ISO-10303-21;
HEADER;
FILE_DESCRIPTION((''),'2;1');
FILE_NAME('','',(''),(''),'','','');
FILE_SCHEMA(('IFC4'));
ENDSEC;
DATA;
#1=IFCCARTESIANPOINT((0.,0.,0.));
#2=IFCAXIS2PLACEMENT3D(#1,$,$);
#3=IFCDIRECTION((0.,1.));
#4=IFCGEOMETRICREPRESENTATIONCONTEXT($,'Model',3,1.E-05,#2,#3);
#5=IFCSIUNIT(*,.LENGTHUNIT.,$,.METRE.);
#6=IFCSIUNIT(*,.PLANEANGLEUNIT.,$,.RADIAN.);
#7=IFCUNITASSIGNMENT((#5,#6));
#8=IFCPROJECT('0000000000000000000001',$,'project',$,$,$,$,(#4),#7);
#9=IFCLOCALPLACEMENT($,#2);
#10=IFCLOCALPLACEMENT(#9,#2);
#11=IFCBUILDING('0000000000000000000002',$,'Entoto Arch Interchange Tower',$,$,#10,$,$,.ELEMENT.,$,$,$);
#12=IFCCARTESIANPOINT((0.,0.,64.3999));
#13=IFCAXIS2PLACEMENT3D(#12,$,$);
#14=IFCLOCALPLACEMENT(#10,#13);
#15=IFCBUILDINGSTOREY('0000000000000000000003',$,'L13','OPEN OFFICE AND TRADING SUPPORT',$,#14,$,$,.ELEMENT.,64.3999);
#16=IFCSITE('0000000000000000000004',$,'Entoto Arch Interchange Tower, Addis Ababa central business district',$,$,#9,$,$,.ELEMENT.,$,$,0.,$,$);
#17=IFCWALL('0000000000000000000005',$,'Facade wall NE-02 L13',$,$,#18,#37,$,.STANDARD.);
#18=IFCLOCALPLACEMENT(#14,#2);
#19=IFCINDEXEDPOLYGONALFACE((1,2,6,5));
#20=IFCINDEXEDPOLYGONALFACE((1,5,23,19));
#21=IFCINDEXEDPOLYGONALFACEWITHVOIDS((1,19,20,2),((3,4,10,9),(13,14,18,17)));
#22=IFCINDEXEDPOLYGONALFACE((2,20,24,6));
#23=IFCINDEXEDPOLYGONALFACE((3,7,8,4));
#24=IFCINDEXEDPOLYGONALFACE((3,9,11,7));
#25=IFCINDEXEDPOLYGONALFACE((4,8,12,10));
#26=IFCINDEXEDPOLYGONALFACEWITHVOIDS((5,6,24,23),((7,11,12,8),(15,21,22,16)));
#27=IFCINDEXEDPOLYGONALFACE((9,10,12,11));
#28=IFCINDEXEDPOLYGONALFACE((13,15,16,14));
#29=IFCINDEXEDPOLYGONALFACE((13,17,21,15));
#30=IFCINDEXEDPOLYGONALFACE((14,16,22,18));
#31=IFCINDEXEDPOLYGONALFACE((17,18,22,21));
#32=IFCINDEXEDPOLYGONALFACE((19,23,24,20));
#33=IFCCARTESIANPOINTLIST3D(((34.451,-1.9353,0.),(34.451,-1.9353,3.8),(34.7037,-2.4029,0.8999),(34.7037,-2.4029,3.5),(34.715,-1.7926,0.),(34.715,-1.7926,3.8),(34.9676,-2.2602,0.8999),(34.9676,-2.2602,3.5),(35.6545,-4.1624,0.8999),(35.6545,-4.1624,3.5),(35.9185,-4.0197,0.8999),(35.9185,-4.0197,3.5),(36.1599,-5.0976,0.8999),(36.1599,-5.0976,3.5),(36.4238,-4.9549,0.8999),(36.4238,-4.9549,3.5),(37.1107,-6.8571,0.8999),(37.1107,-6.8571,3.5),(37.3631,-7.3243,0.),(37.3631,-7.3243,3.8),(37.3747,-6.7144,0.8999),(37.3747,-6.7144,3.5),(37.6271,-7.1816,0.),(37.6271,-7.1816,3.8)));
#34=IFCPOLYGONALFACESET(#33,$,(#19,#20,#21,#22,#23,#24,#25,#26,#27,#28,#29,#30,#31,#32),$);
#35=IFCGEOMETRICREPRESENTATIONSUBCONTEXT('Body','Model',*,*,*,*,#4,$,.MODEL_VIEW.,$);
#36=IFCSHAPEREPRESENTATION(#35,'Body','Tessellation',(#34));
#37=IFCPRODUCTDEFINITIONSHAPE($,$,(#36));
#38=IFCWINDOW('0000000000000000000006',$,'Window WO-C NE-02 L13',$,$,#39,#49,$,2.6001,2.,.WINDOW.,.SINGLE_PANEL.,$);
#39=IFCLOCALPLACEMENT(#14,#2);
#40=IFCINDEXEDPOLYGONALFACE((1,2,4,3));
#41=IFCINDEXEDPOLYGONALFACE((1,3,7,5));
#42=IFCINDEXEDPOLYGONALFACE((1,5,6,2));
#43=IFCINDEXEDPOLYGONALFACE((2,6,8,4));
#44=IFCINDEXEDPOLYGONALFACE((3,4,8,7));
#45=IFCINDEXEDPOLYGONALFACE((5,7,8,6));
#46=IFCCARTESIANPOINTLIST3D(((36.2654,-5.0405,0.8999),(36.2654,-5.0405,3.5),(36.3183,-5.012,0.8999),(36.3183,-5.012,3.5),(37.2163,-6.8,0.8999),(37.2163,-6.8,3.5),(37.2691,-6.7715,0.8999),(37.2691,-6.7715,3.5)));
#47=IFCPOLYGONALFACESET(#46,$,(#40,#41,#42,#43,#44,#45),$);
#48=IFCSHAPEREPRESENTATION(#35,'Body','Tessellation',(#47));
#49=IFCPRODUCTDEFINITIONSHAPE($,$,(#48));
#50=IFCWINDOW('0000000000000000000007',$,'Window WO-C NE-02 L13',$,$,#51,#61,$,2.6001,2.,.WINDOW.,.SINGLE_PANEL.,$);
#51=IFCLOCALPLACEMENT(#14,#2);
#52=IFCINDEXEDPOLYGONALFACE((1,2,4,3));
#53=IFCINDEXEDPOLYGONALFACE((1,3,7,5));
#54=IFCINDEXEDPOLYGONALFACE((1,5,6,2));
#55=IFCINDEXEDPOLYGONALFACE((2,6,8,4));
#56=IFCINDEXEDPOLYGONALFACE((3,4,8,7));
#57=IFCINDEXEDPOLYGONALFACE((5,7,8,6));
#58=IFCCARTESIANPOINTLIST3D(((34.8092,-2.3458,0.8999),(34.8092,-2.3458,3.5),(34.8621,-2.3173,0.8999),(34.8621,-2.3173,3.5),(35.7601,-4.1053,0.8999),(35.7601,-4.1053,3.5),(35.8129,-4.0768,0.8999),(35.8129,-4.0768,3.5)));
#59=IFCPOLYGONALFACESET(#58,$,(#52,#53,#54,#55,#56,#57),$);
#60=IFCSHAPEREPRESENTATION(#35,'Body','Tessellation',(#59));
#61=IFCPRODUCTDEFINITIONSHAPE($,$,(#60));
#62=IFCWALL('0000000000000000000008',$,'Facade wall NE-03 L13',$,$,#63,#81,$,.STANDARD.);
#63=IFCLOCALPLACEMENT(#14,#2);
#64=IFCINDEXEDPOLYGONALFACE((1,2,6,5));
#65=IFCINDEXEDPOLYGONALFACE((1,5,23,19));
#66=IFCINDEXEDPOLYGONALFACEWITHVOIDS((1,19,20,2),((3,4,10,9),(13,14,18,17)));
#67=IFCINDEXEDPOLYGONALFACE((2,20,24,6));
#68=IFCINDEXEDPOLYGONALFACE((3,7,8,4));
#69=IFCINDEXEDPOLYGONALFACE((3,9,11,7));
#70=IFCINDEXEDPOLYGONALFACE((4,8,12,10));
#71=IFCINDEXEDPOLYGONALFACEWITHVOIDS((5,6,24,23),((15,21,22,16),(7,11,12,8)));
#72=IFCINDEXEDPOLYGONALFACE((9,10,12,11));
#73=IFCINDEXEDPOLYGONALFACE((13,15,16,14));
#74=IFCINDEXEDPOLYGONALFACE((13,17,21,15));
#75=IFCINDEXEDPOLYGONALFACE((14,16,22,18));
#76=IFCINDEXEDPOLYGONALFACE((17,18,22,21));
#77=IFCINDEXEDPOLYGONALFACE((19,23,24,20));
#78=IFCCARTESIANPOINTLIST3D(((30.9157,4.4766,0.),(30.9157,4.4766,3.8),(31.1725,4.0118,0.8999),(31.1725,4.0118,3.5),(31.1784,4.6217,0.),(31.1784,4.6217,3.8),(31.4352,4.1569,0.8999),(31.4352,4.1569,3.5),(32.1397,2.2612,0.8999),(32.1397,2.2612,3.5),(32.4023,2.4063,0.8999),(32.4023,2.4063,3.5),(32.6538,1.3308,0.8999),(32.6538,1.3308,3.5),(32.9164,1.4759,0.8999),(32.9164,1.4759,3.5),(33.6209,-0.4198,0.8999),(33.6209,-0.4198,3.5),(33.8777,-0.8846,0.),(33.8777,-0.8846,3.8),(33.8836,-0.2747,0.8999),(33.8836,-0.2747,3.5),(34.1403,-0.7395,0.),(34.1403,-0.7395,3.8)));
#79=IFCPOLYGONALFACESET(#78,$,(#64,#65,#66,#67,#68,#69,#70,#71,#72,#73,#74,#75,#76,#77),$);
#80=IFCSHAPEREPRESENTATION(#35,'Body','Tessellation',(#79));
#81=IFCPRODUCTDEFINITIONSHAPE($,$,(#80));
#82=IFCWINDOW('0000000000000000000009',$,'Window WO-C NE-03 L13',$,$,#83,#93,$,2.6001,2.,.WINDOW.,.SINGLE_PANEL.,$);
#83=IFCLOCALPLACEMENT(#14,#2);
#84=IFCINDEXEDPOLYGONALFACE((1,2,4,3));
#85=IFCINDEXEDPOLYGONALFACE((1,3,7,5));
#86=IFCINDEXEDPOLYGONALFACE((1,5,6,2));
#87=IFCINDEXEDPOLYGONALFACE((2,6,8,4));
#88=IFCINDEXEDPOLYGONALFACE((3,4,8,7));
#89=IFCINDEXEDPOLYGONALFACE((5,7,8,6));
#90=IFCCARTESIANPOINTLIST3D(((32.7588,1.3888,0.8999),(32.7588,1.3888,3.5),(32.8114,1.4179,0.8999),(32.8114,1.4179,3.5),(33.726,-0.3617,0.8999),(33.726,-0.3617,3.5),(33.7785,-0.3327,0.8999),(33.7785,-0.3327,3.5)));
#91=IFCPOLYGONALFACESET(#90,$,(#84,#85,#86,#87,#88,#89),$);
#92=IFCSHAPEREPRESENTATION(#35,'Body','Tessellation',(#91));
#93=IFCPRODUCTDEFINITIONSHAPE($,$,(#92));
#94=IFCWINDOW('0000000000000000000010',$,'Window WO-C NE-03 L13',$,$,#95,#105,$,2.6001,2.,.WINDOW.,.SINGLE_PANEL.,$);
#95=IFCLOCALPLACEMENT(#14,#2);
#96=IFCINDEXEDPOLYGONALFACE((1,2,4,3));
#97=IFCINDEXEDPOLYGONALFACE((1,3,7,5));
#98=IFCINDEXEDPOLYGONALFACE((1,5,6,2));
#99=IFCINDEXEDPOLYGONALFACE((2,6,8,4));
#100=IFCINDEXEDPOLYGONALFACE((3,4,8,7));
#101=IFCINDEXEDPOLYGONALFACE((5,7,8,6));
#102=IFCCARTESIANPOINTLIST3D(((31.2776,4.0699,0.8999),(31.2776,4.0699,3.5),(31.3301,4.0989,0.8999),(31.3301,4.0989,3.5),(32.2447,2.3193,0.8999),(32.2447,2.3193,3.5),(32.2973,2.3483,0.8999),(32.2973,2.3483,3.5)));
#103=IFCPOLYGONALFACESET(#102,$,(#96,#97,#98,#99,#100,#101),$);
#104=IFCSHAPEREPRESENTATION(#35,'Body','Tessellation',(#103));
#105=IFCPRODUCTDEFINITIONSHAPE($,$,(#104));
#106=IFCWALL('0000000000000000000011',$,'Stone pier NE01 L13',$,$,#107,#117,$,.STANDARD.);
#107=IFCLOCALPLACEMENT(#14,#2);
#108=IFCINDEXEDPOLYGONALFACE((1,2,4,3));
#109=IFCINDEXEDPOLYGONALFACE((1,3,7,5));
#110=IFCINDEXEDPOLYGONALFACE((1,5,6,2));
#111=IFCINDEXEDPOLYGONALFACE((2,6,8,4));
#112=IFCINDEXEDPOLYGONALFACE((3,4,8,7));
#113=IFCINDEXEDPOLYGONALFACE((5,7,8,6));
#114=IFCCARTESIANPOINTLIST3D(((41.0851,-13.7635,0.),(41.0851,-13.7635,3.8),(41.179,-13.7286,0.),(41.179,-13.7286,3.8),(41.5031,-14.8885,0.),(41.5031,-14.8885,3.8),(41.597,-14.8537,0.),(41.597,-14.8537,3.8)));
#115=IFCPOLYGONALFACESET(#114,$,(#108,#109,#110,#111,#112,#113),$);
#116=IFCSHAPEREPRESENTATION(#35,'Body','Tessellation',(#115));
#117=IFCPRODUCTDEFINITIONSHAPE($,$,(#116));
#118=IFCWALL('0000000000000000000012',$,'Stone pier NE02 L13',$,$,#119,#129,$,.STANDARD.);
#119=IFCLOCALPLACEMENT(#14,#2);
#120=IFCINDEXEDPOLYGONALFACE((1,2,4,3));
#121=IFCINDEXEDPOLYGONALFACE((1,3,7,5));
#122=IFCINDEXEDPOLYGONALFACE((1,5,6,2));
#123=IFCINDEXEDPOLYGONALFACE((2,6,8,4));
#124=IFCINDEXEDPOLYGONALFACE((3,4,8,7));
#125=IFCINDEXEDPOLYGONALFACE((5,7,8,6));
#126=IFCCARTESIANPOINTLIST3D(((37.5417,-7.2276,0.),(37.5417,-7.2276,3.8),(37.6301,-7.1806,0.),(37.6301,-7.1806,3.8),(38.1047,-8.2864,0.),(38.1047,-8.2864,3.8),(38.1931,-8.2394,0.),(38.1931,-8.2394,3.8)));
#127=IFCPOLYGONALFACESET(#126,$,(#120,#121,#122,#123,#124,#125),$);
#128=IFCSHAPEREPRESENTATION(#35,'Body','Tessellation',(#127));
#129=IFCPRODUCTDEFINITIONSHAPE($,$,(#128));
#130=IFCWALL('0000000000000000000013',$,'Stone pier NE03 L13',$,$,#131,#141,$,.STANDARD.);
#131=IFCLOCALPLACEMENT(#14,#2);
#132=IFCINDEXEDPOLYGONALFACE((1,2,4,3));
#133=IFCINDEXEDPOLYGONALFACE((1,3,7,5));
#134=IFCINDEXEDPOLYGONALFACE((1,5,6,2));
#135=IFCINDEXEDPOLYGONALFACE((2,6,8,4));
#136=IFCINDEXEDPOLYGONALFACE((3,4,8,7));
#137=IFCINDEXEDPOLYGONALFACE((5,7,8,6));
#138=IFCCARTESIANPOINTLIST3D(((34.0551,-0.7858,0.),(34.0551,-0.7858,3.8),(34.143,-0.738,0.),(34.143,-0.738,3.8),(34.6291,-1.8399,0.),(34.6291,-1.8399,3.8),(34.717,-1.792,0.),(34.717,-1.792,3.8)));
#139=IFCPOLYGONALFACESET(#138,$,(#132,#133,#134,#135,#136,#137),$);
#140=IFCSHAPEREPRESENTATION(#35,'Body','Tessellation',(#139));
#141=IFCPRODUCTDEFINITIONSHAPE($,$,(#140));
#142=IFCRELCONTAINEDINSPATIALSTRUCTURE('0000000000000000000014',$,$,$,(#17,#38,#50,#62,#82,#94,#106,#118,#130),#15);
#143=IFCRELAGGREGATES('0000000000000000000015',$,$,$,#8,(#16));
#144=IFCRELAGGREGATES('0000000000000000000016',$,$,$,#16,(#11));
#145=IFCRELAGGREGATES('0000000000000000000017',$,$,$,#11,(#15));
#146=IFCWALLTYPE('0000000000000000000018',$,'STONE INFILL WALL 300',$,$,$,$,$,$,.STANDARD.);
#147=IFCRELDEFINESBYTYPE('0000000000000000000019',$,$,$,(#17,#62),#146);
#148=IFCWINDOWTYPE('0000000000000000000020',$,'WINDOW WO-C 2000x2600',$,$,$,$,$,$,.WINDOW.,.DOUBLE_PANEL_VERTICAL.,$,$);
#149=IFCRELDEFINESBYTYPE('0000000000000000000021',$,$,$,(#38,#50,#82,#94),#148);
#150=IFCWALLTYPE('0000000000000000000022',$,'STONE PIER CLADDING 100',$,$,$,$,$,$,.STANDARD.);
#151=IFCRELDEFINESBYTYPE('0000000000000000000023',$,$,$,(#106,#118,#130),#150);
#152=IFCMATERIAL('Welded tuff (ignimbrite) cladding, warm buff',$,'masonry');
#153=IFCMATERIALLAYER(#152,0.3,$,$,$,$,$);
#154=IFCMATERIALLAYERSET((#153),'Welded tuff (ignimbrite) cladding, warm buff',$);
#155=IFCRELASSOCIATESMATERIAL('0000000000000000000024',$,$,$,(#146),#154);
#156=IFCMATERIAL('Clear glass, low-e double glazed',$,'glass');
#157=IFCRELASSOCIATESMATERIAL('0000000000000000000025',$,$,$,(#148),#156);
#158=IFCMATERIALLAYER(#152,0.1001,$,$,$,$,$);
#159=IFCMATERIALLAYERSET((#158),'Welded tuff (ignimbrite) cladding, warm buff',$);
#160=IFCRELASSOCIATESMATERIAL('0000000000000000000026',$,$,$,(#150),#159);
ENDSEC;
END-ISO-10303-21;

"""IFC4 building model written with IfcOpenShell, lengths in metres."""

from ifc_helpers import new_model, si_unit, direction, frame, frame_2d, origin, place, context, subcontext, project, spatial, rectangle, extrude, material, layer, layer_set, type_object, element, fill, save


model = new_model("IFC4")

# Units and contexts
model_context = context("Model", 3, precision=1e-05, world=origin(), true_north=direction((0.0, 1.0)))
body_context = subcontext(model_context, "Body", "Model", "MODEL_VIEW")
ifc_project = project(units=[si_unit("LENGTHUNIT", "METRE"), si_unit("PLANEANGLEUNIT", "RADIAN")], contexts=[model_context])

# Site, building, storey
site_placement = place(None, origin())
site = spatial("IfcSite", under=ifc_project, at=site_placement, Name="Entoto Arch Interchange Tower, Addis Ababa central business district", CompositionType="ELEMENT", RefElevation=0.0)
building_placement = place(site_placement, origin())
building = spatial("IfcBuilding", under=site, at=building_placement, Name="Entoto Arch Interchange Tower", CompositionType="ELEMENT")
storey_placement = place(building_placement, frame((0.0, 0.0, 64.3999)))
storey = spatial("IfcBuildingStorey", under=building, at=storey_placement, Name="L13", Description="OPEN OFFICE AND TRADING SUPPORT", CompositionType="ELEMENT", Elevation=64.3999)

# Shared definitions
ifc_material_1 = material(Name="Welded tuff (ignimbrite) cladding, warm buff", Category="masonry")
ifc_layer_1 = layer(ifc_material_1, 0.3)
ifc_layer_set_1 = layer_set([ifc_layer_1], Name="Welded tuff (ignimbrite) cladding, warm buff")
wall_type_1 = type_object("IfcWallType", Name="STONE INFILL WALL 300", PredefinedType="STANDARD", material=ifc_layer_set_1)
ifc_material_2 = material(Name="Clear glass, low-e double glazed", Category="glass")

# Walls, openings, windows
window_type_1 = type_object("IfcWindowType", Name="WINDOW WO-C 2000x2600", PartitioningType="DOUBLE_PANEL_VERTICAL", PredefinedType="WINDOW", material=ifc_material_2)
wall_1_placement = place(storey_placement, frame((37.4951, -7.2529, 0.0), z_axis=(0.0, 0.0, 1.0), x_axis=(-0.475414, 0.879762, 0.0)))
wall_1 = element("IfcWall", 1, at=wall_1_placement, inside=storey, type_object=wall_type_1, Name="Facade wall NE-02 L13", PredefinedType="STANDARD", context=body_context, shape_type="SweptSolid", body=[
    extrude(rectangle(XDim=6.1255, YDim=0.3, at=frame_2d((3.0627, 0.0))), origin(), (0.0, 0.0, 1.0), 3.8),
])
opening_1_placement = place(wall_1_placement, frame((0.531, 0.0, 0.8999)))
opening_1 = element("IfcOpeningElement", 2, at=opening_1_placement, cuts=wall_1, PredefinedType="OPENING", context=body_context, shape_type="SweptSolid", body=[
    extrude(rectangle(XDim=2.0, YDim=2.6001, at=frame_2d((1.0, 1.3))), frame((0.0, 0.1602, 0.0), z_axis=(0.0, -1.0, 0.0), x_axis=(1.0, 0.0, 0.0)), (0.0, 0.0, 1.0), 0.3201),
])
opening_2_placement = place(wall_1_placement, frame((3.594, 0.0, 0.8999)))
opening_2 = element("IfcOpeningElement", 3, at=opening_2_placement, cuts=wall_1, PredefinedType="OPENING", context=body_context, shape_type="SweptSolid", body=[
    extrude(rectangle(XDim=2.0, YDim=2.6001, at=frame_2d((1.0, 1.3))), frame((0.0, 0.1602, 0.0), z_axis=(0.0, -1.0, 0.0), x_axis=(1.0, 0.0, 0.0)), (0.0, 0.0, 1.0), 0.3201),
])
window_1_placement = place(opening_1_placement, origin())
window_1 = element("IfcWindow", 4, at=window_1_placement, inside=storey, type_object=window_type_1, Name="Window WO-C NE-02 L13", OverallHeight=2.6001, OverallWidth=2.0, PartitioningType="SINGLE_PANEL", PredefinedType="WINDOW", context=body_context, shape_type="SweptSolid", body=[
    extrude(rectangle(XDim=2.0, YDim=2.6001, at=frame_2d((1.0, 1.3))), frame((0.0, 0.03, 0.0), z_axis=(0.0, -1.0, 0.0), x_axis=(1.0, 0.0, 0.0)), (0.0, 0.0, 1.0), 0.0601),
])
fill(opening_1, window_1)
window_2_placement = place(opening_2_placement, origin())
window_2 = element("IfcWindow", 5, at=window_2_placement, inside=storey, type_object=window_type_1, Name="Window WO-C NE-02 L13", OverallHeight=2.6001, OverallWidth=2.0, PartitioningType="SINGLE_PANEL", PredefinedType="WINDOW", context=body_context, shape_type="SweptSolid", body=[
    extrude(rectangle(XDim=2.0, YDim=2.6001, at=frame_2d((1.0, 1.3))), frame((0.0, 0.03, 0.0), z_axis=(0.0, -1.0, 0.0), x_axis=(1.0, 0.0, 0.0)), (0.0, 0.0, 1.0), 0.0601),
])
fill(opening_2, window_2)
wall_2_placement = place(storey_placement, frame((34.009, -0.812, 0.0), z_axis=(0.0, 0.0, 1.0), x_axis=(-0.483587, 0.875296, 0.0)))
wall_2 = element("IfcWall", 6, at=wall_2_placement, inside=storey, type_object=wall_type_1, Name="Facade wall NE-03 L13", PredefinedType="STANDARD", context=body_context, shape_type="SweptSolid", body=[
    extrude(rectangle(XDim=6.125, YDim=0.3, at=frame_2d((3.0625, 0.0))), origin(), (0.0, 0.0, 1.0), 3.8),
])
opening_3_placement = place(wall_2_placement, frame((0.531, 0.0, 0.8999)))
opening_3 = element("IfcOpeningElement", 7, at=opening_3_placement, cuts=wall_2, PredefinedType="OPENING", context=body_context, shape_type="SweptSolid", body=[
    extrude(rectangle(XDim=2.0, YDim=2.6001, at=frame_2d((1.0, 1.3))), frame((0.0, 0.1602, 0.0), z_axis=(0.0, -1.0, 0.0), x_axis=(1.0, 0.0, 0.0)), (0.0, 0.0, 1.0), 0.3201),
])
opening_4_placement = place(wall_2_placement, frame((3.594, 0.0, 0.8999)))
opening_4 = element("IfcOpeningElement", 8, at=opening_4_placement, cuts=wall_2, PredefinedType="OPENING", context=body_context, shape_type="SweptSolid", body=[
    extrude(rectangle(XDim=2.0, YDim=2.6001, at=frame_2d((1.0, 1.3))), frame((0.0, 0.1602, 0.0), z_axis=(0.0, -1.0, 0.0), x_axis=(1.0, 0.0, 0.0)), (0.0, 0.0, 1.0), 0.3201),
])
window_3_placement = place(opening_3_placement, origin())
window_3 = element("IfcWindow", 9, at=window_3_placement, inside=storey, type_object=window_type_1, Name="Window WO-C NE-03 L13", OverallHeight=2.6001, OverallWidth=2.0, PartitioningType="SINGLE_PANEL", PredefinedType="WINDOW", context=body_context, shape_type="SweptSolid", body=[
    extrude(rectangle(XDim=2.0, YDim=2.6001, at=frame_2d((1.0, 1.3))), frame((0.0, 0.03, 0.0), z_axis=(0.0, -1.0, 0.0), x_axis=(1.0, 0.0, 0.0)), (0.0, 0.0, 1.0), 0.0601),
])
fill(opening_3, window_3)
window_4_placement = place(opening_4_placement, origin())
window_4 = element("IfcWindow", 10, at=window_4_placement, inside=storey, type_object=window_type_1, Name="Window WO-C NE-03 L13", OverallHeight=2.6001, OverallWidth=2.0, PartitioningType="SINGLE_PANEL", PredefinedType="WINDOW", context=body_context, shape_type="SweptSolid", body=[
    extrude(rectangle(XDim=2.0, YDim=2.6001, at=frame_2d((1.0, 1.3))), frame((0.0, 0.03, 0.0), z_axis=(0.0, -1.0, 0.0), x_axis=(1.0, 0.0, 0.0)), (0.0, 0.0, 1.0), 0.0601),
])
fill(opening_4, window_4)

# Walls
ifc_layer_2 = layer(ifc_material_1, 0.1001)
ifc_layer_set_2 = layer_set([ifc_layer_2], Name="Welded tuff (ignimbrite) cladding, warm buff")
wall_type_2 = type_object("IfcWallType", Name="STONE PIER CLADDING 100", PredefinedType="STANDARD", material=ifc_layer_set_2)
wall_3_placement = place(storey_placement, frame((41.55, -14.8711, 0.0), z_axis=(0.0, 0.0, 1.0), x_axis=(-0.348268, 0.937395, 0.0)))
element("IfcWall", 11, at=wall_3_placement, inside=storey, type_object=wall_type_2, Name="Stone pier NE01 L13", PredefinedType="STANDARD", context=body_context, shape_type="SweptSolid", body=[
    extrude(rectangle(XDim=1.2002, YDim=0.1001, at=frame_2d((0.6001, 0.0))), origin(), (0.0, 0.0, 1.0), 3.8),
])
wall_4_placement = place(storey_placement, frame((38.1489, -8.2629, 0.0), z_axis=(0.0, 0.0, 1.0), x_axis=(-0.469468, 0.88295, 0.0)))
element("IfcWall", 12, at=wall_4_placement, inside=storey, type_object=wall_type_2, Name="Stone pier NE02 L13", PredefinedType="STANDARD", context=body_context, shape_type="SweptSolid", body=[
    extrude(rectangle(XDim=1.1992, YDim=0.1001, at=frame_2d((0.5996, 0.0))), origin(), (0.0, 0.0, 1.0), 3.8),
])
wall_5_placement = place(storey_placement, frame((34.6731, -1.8159, 0.0), z_axis=(0.0, 0.0, 1.0), x_axis=(-0.478268, 0.878214, 0.0)))
element("IfcWall", 13, at=wall_5_placement, inside=storey, type_object=wall_type_2, Name="Stone pier NE03 L13", PredefinedType="STANDARD", context=body_context, shape_type="SweptSolid", body=[
    extrude(rectangle(XDim=1.2002, YDim=0.1001, at=frame_2d((0.6001, 0.0))), origin(), (0.0, 0.0, 1.0), 3.8),
])

save(model, "model.ifc")
